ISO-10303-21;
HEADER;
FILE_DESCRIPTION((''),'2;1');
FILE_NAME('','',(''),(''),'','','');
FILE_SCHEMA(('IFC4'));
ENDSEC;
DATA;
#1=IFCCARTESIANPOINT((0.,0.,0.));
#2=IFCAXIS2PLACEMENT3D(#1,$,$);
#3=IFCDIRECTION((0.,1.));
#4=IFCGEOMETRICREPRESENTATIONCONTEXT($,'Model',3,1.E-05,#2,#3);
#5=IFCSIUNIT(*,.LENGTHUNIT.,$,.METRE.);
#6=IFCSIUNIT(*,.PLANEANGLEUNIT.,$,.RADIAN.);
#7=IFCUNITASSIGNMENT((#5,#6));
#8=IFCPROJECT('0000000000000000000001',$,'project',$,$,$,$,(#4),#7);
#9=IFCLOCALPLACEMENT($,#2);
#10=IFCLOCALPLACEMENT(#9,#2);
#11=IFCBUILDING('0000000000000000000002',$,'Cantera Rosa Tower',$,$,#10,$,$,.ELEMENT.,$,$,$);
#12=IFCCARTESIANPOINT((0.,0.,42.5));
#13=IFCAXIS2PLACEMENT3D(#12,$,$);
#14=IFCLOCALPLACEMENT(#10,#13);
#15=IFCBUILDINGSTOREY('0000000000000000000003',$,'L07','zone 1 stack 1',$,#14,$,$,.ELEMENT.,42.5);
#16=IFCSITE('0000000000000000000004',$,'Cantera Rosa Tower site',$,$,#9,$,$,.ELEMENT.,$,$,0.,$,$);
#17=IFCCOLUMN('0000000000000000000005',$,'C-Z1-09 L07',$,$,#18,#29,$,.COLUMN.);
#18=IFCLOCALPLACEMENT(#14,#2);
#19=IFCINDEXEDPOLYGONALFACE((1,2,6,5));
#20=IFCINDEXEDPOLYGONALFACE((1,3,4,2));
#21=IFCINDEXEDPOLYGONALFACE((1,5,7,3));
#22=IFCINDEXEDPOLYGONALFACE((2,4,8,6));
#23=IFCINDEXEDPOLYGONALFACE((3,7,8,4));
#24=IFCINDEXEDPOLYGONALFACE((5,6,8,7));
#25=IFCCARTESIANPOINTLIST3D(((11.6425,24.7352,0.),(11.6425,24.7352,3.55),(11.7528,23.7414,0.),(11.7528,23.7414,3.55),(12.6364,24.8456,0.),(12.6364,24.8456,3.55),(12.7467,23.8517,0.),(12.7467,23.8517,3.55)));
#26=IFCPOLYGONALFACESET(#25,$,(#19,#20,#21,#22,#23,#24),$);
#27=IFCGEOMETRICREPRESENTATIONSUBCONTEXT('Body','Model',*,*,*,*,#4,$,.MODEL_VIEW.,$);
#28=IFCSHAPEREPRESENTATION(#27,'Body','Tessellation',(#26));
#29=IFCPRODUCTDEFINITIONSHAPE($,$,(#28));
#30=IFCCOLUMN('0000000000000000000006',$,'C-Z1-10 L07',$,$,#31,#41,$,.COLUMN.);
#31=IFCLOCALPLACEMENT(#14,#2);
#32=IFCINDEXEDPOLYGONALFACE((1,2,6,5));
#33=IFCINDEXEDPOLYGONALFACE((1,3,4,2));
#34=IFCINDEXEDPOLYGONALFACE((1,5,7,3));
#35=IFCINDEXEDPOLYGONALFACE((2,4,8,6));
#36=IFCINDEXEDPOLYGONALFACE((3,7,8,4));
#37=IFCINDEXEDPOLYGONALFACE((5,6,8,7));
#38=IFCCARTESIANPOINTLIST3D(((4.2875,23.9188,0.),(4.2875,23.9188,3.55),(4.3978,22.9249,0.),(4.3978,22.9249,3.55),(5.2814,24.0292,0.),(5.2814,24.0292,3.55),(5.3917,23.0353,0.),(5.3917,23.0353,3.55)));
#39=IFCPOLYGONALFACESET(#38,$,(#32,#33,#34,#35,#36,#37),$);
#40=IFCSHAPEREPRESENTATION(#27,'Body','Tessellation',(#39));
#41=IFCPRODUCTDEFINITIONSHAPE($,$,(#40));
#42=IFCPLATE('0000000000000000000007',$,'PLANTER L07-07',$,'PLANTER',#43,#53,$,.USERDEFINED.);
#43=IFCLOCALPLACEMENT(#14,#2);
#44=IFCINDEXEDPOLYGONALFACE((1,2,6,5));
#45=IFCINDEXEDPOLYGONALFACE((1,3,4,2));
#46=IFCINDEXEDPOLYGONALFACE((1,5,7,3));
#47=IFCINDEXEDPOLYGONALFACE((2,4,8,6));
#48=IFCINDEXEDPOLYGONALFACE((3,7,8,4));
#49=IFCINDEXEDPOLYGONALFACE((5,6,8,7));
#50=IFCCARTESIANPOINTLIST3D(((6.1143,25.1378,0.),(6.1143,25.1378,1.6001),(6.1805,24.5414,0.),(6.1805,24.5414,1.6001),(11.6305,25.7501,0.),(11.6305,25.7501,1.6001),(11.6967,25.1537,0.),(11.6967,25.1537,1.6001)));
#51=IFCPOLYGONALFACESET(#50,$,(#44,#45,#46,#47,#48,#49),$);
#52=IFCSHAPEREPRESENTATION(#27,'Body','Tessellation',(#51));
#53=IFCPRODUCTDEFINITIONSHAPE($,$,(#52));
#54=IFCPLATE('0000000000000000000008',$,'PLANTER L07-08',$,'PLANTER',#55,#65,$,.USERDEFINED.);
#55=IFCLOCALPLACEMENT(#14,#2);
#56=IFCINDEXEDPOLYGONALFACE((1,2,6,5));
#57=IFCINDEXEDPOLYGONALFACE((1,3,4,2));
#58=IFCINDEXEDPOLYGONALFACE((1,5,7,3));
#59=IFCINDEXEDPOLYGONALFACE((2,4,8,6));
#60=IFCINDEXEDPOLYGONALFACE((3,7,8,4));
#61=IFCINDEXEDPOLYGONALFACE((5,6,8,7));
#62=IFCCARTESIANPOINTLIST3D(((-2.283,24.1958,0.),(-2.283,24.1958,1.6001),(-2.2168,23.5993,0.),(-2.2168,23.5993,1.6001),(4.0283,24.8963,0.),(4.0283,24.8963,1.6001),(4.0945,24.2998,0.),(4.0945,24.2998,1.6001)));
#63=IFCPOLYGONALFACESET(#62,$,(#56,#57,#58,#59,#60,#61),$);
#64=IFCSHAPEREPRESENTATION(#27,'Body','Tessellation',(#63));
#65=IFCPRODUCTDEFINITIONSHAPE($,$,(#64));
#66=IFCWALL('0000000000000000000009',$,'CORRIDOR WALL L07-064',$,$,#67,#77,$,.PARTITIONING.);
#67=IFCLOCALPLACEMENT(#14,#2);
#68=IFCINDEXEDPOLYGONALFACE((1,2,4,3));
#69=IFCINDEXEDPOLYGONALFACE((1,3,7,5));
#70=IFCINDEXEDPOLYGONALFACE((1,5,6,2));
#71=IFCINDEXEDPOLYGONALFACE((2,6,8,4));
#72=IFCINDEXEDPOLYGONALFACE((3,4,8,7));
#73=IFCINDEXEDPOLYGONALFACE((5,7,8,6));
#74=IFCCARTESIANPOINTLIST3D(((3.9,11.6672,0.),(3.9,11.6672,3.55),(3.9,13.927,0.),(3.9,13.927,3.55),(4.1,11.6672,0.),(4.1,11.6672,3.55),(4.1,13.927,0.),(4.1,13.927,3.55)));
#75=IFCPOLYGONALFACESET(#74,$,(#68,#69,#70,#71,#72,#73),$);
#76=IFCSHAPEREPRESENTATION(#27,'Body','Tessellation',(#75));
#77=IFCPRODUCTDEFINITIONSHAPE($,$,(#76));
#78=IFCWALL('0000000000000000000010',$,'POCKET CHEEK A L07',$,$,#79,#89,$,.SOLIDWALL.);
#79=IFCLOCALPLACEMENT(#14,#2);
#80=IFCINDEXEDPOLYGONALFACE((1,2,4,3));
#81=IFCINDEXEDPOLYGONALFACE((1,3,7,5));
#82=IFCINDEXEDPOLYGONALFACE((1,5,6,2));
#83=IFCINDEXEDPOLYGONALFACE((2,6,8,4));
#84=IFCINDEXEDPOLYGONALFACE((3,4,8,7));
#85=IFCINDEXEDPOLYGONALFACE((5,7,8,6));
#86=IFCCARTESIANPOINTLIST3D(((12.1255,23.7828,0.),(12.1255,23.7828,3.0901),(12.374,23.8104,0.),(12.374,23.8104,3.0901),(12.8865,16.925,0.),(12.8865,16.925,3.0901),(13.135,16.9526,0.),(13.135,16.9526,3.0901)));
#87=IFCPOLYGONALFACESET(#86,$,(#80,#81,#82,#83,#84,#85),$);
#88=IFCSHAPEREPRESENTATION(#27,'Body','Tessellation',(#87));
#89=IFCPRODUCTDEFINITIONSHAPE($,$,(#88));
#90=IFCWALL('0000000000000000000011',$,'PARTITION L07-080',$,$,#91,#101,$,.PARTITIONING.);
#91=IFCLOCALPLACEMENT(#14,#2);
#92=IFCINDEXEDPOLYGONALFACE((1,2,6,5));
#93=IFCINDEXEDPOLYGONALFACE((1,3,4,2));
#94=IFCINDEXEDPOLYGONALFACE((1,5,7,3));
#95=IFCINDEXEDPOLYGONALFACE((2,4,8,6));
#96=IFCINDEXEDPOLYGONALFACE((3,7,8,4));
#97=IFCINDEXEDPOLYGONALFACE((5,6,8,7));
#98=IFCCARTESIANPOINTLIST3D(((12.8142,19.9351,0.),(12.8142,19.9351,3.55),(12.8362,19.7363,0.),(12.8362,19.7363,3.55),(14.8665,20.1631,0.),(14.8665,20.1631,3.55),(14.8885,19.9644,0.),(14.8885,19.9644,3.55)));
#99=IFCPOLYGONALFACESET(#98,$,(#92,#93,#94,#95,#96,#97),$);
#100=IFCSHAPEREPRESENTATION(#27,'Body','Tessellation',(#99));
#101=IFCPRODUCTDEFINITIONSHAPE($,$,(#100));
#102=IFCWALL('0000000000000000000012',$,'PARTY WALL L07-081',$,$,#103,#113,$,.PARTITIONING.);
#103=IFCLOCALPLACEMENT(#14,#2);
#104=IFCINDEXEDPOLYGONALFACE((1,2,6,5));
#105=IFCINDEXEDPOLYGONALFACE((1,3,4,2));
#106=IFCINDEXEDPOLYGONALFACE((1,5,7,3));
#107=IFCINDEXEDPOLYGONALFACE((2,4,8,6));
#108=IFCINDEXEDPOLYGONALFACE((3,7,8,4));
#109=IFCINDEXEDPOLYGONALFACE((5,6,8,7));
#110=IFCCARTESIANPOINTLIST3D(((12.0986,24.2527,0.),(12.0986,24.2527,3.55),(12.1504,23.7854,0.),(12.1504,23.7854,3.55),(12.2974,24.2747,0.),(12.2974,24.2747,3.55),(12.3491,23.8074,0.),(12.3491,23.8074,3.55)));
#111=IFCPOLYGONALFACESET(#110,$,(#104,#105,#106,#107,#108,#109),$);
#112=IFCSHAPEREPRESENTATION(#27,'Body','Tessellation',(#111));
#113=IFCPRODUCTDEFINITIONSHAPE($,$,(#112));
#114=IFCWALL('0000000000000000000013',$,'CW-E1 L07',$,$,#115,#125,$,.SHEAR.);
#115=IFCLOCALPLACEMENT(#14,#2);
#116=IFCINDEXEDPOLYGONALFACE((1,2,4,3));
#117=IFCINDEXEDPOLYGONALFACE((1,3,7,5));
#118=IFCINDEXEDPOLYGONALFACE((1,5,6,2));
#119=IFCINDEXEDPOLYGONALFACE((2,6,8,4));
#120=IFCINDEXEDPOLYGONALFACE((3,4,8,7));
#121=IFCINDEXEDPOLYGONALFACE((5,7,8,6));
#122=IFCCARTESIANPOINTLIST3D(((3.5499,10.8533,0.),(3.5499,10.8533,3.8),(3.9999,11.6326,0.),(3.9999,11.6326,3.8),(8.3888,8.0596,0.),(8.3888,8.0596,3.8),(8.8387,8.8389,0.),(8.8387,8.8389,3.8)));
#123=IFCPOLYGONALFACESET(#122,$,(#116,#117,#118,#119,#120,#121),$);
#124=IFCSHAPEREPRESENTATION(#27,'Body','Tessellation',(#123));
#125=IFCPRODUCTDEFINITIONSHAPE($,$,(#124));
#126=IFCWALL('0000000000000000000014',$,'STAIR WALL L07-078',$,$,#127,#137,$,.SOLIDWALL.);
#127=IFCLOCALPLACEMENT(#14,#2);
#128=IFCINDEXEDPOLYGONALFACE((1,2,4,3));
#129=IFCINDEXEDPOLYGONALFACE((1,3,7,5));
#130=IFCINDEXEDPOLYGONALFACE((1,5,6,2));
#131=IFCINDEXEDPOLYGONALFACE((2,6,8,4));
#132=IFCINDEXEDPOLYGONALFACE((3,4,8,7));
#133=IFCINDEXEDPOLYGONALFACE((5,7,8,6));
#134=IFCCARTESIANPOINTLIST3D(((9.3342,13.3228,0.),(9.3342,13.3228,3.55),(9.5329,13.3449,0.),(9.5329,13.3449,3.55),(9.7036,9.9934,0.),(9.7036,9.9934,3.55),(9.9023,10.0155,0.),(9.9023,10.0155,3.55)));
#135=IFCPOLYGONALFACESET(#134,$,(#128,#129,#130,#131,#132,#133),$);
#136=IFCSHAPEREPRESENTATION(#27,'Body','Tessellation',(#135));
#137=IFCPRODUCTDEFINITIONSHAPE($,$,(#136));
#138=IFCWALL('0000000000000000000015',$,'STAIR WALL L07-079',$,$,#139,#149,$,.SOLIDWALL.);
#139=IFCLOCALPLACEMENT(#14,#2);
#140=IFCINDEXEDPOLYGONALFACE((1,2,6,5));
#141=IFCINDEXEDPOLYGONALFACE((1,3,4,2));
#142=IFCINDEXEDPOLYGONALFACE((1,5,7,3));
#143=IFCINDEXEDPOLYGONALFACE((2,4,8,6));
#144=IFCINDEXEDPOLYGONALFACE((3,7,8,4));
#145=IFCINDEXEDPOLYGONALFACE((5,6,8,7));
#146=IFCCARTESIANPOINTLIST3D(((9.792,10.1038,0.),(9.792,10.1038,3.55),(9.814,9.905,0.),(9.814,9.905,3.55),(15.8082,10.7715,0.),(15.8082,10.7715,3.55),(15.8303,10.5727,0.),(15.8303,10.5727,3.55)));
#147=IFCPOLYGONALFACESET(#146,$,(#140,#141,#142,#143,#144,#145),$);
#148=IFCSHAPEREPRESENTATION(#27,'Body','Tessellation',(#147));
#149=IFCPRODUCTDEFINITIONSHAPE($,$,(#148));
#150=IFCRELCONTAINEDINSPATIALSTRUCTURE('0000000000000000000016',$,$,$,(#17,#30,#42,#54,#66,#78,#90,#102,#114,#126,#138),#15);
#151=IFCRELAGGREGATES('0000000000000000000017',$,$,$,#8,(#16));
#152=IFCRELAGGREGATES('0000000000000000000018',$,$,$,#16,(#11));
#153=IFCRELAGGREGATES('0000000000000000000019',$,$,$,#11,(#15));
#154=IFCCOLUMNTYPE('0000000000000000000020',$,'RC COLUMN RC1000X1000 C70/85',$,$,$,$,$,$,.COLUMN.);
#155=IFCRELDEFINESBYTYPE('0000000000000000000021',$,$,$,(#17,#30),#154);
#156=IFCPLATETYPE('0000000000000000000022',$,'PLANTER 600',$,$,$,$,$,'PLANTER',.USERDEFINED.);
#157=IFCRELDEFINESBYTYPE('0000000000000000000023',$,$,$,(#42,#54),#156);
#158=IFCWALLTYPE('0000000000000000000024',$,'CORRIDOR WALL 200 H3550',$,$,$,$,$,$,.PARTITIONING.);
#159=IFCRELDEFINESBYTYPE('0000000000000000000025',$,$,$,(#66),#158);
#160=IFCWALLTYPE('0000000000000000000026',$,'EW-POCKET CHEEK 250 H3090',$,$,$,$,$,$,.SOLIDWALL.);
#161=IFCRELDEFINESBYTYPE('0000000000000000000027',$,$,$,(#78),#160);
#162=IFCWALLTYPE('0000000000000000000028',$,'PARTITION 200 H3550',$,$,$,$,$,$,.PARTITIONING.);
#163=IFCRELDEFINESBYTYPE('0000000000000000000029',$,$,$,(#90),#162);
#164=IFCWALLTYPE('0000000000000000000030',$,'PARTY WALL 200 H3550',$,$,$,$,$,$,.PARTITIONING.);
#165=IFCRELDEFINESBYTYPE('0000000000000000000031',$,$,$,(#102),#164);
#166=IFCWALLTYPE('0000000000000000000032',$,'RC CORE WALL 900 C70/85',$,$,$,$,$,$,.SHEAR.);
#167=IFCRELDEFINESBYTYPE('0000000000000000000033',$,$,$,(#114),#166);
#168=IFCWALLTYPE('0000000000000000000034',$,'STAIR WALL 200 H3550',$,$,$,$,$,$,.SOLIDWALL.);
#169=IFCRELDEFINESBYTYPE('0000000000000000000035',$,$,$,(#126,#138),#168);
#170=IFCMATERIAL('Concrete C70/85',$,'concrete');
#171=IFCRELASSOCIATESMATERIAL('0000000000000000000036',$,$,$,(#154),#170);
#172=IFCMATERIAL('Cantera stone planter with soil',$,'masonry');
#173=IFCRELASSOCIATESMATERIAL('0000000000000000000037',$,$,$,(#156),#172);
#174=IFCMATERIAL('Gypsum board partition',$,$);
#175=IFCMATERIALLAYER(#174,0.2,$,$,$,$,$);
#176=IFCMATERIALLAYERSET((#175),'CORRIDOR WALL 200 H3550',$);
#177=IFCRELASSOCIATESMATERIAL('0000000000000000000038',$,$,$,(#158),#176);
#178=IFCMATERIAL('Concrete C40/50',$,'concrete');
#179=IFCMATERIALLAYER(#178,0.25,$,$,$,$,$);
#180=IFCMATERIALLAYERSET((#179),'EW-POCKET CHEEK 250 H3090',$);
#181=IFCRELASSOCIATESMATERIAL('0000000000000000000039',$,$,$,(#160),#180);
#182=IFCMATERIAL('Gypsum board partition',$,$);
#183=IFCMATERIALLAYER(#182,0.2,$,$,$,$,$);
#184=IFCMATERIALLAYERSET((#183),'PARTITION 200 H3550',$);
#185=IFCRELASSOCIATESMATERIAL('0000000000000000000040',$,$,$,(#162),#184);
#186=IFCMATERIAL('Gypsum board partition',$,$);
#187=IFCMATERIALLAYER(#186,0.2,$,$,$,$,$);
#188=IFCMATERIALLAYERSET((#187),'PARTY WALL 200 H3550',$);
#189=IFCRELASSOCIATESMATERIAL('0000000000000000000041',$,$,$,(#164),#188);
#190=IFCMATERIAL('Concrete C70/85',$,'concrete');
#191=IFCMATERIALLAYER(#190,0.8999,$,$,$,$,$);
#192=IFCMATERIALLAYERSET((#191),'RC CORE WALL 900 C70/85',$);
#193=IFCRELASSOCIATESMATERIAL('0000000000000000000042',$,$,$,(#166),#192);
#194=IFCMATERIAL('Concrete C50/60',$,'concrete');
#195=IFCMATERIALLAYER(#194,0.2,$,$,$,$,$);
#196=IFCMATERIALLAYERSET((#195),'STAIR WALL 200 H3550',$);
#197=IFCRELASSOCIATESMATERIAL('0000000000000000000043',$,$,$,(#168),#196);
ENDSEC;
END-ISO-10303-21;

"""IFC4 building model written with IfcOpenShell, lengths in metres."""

from ifc_helpers import new_model, si_unit, direction, frame, frame_2d, origin, origin_2d, place, context, subcontext, project, spatial, rectangle, extrude, material, layer, layer_set, material_profile, profile_set, type_object, element, save


model = new_model("IFC4")

# Units and contexts
model_context = context("Model", 3, precision=1e-05, world=origin(), true_north=direction((0.0, 1.0)))
body_context = subcontext(model_context, "Body", "Model", "MODEL_VIEW")
ifc_project = project(units=[si_unit("LENGTHUNIT", "METRE"), si_unit("PLANEANGLEUNIT", "RADIAN")], contexts=[model_context])

# Site, building, storey
site_placement = place(None, origin())
site = spatial("IfcSite", under=ifc_project, at=site_placement, Name="Cantera Rosa Tower site", CompositionType="ELEMENT", RefElevation=0.0)
building_placement = place(site_placement, origin())
building = spatial("IfcBuilding", under=site, at=building_placement, Name="Cantera Rosa Tower", CompositionType="ELEMENT")
storey_placement = place(building_placement, frame((0.0, 0.0, 42.5)))
storey = spatial("IfcBuildingStorey", under=building, at=storey_placement, Name="L07", Description="zone 1 stack 1", CompositionType="ELEMENT", Elevation=42.5)

# Columns
ifc_material_1 = material(Name="Concrete C70/85", Category="concrete")
ifc_material_profile = material_profile(ifc_material_1, rectangle(XDim=1.0, YDim=1.0, at=origin_2d()), Name="RC COLUMN RC1000X1000 C70/85")
ifc_profile_set = profile_set([ifc_material_profile], Name="Concrete C70/85")
column_type = type_object("IfcColumnType", Name="RC COLUMN RC1000X1000 C70/85", PredefinedType="COLUMN", material=ifc_profile_set)
for number, where, z_axis, x_axis, name in (
    (1, (12.1946, 24.2935, 0.0), (0.0, 0.0, 1.0), (0.993897, 0.110313, 0.0), "C-Z1-09 L07"),
    (2, (4.8396, 23.4771, 0.0), (0.0, 0.0, 1.0), (0.993897, 0.110313, 0.0), "C-Z1-10 L07"),
):
    element("IfcColumn", number, at=place(storey_placement, frame(where, z_axis=z_axis, x_axis=x_axis)), inside=storey, type_object=column_type, Name=name, PredefinedType="COLUMN", context=body_context, shape_type="SweptSolid", body=[
        extrude(rectangle(XDim=1.0, YDim=1.0, at=origin_2d()), origin(), (0.0, 0.0, 1.0), 3.55),
    ])

# Plates
ifc_material_2 = material(Name="Cantera stone planter with soil", Category="masonry")
plate_type = type_object("IfcPlateType", Name="PLANTER 600", ElementType="PLANTER", PredefinedType="USERDEFINED", material=ifc_material_2)
plate_1_placement = place(storey_placement, frame((8.9055, 25.1458, 0.0), z_axis=(0.0, 0.0, 1.0), x_axis=(-0.993897, -0.110313, 0.0)))
element("IfcPlate", 3, at=plate_1_placement, inside=storey, type_object=plate_type, Name="PLANTER L07-07", ObjectType="PLANTER", PredefinedType="USERDEFINED", context=body_context, shape_type="SweptSolid", body=[
    extrude(rectangle(XDim=5.55, YDim=0.6001, at=origin_2d()), origin(), (0.0, 0.0, 1.0), 1.6001),
])
plate_2_placement = place(storey_placement, frame((0.9058, 24.2478, 0.0), z_axis=(0.0, 0.0, 1.0), x_axis=(-0.993897, -0.110313, 0.0)))
element("IfcPlate", 4, at=plate_2_placement, inside=storey, type_object=plate_type, Name="PLANTER L07-08", ObjectType="PLANTER", PredefinedType="USERDEFINED", context=body_context, shape_type="SweptSolid", body=[
    extrude(rectangle(XDim=6.3501, YDim=0.6001, at=origin_2d()), origin(), (0.0, 0.0, 1.0), 1.6001),
])

# Walls
ifc_material_3 = material(Name="Gypsum board partition")
ifc_layer_1 = layer(ifc_material_3, 0.2)
ifc_layer_set_1 = layer_set([ifc_layer_1], Name="CORRIDOR WALL 200 H3550")
wall_type_1 = type_object("IfcWallType", Name="CORRIDOR WALL 200 H3550", PredefinedType="PARTITIONING", material=ifc_layer_set_1)
wall_1_placement = place(storey_placement, frame((4.0, 11.6672, 0.0), z_axis=(0.0, 0.0, 1.0), x_axis=(0.0, 1.0, 0.0)))
element("IfcWall", 5, at=wall_1_placement, inside=storey, type_object=wall_type_1, Name="CORRIDOR WALL L07-064", PredefinedType="PARTITIONING", context=body_context, shape_type="SweptSolid", body=[
    extrude(rectangle(XDim=2.2598, YDim=0.2, at=frame_2d((1.1299, 0.0))), origin(), (0.0, 0.0, 1.0), 3.55),
])
ifc_material_4 = material(Name="Concrete C40/50", Category="concrete")
ifc_layer_2 = layer(ifc_material_4, 0.25)
ifc_layer_set_2 = layer_set([ifc_layer_2], Name="EW-POCKET CHEEK 250 H3090")
wall_type_2 = type_object("IfcWallType", Name="EW-POCKET CHEEK 250 H3090", PredefinedType="SOLIDWALL", material=ifc_layer_set_2)
wall_2_placement = place(storey_placement, frame((12.2498, 23.7966, 0.0), z_axis=(0.0, 0.0, 1.0), x_axis=(0.110288, -0.9939, 0.0)))
element("IfcWall", 6, at=wall_2_placement, inside=storey, type_object=wall_type_2, Name="POCKET CHEEK A L07", PredefinedType="SOLIDWALL", context=body_context, shape_type="SweptSolid", body=[
    extrude(rectangle(XDim=6.8999, YDim=0.25, at=frame_2d((3.45, 0.0))), origin(), (0.0, 0.0, 1.0), 3.0901),
])

# Walls
ifc_material_5 = material(Name="Gypsum board partition")
ifc_layer_3 = layer(ifc_material_5, 0.2)
ifc_layer_set_3 = layer_set([ifc_layer_3], Name="PARTITION 200 H3550")
wall_type_3 = type_object("IfcWallType", Name="PARTITION 200 H3550", PredefinedType="PARTITIONING", material=ifc_layer_set_3)
wall_3_placement = place(storey_placement, frame((12.8252, 19.8357, 0.0), z_axis=(0.0, 0.0, 1.0), x_axis=(0.993884, 0.110432, 0.0)))
element("IfcWall", 7, at=wall_3_placement, inside=storey, type_object=wall_type_3, Name="PARTITION L07-080", PredefinedType="PARTITIONING", context=body_context, shape_type="SweptSolid", body=[
    extrude(rectangle(XDim=2.0649, YDim=0.2, at=frame_2d((1.0325, 0.0))), origin(), (0.0, 0.0, 1.0), 3.55),
])
ifc_material_6 = material(Name="Gypsum board partition")
ifc_layer_4 = layer(ifc_material_6, 0.2)
ifc_layer_set_4 = layer_set([ifc_layer_4], Name="PARTY WALL 200 H3550")
wall_type_4 = type_object("IfcWallType", Name="PARTY WALL 200 H3550", PredefinedType="PARTITIONING", material=ifc_layer_set_4)
wall_4_placement = place(storey_placement, frame((12.2498, 23.7964, 0.0), z_axis=(0.0, 0.0, 1.0), x_axis=(-0.11009, 0.993922, 0.0)))
element("IfcWall", 8, at=wall_4_placement, inside=storey, type_object=wall_type_4, Name="PARTY WALL L07-081", PredefinedType="PARTITIONING", context=body_context, shape_type="SweptSolid", body=[
    extrude(rectangle(XDim=0.4702, YDim=0.2, at=frame_2d((0.2351, 0.0))), origin(), (0.0, 0.0, 1.0), 3.55),
])
ifc_material_7 = material(Name="Concrete C70/85", Category="concrete")
ifc_layer_5 = layer(ifc_material_7, 0.8999)
ifc_layer_set_5 = layer_set([ifc_layer_5], Name="RC CORE WALL 900 C70/85")
wall_type_5 = type_object("IfcWallType", Name="RC CORE WALL 900 C70/85", PredefinedType="SHEAR", material=ifc_layer_set_5)
wall_5_placement = place(storey_placement, frame((3.7749, 11.2429, 0.0), z_axis=(0.0, 0.0, 1.0), x_axis=(0.866027, -0.499997, 0.0)))
element("IfcWall", 9, at=wall_5_placement, inside=storey, type_object=wall_type_5, Name="CW-E1 L07", PredefinedType="SHEAR", context=body_context, shape_type="SweptSolid", body=[
    extrude(rectangle(XDim=5.5874, YDim=0.8999, at=frame_2d((2.7937, 0.0))), origin(), (0.0, 0.0, 1.0), 3.8),
])
ifc_material_8 = material(Name="Concrete C50/60", Category="concrete")
ifc_layer_6 = layer(ifc_material_8, 0.2)
ifc_layer_set_6 = layer_set([ifc_layer_6], Name="STAIR WALL 200 H3550")
wall_type_6 = type_object("IfcWallType", Name="STAIR WALL 200 H3550", PredefinedType="SOLIDWALL", material=ifc_layer_set_6)
wall_6_placement = place(storey_placement, frame((9.4336, 13.3337, 0.0), z_axis=(0.0, 0.0, 1.0), x_axis=(0.110272, -0.993901, 0.0)))
element("IfcWall", 10, at=wall_6_placement, inside=storey, type_object=wall_type_6, Name="STAIR WALL L07-078", PredefinedType="SOLIDWALL", context=body_context, shape_type="SweptSolid", body=[
    extrude(rectangle(XDim=3.3499, YDim=0.2, at=frame_2d((1.6748, 0.0))), origin(), (0.0, 0.0, 1.0), 3.55),
])
wall_7_placement = place(storey_placement, frame((9.803, 10.0044, 0.0), z_axis=(0.0, 0.0, 1.0), x_axis=(0.993897, 0.110308, 0.0)))
element("IfcWall", 11, at=wall_7_placement, inside=storey, type_object=wall_type_6, Name="STAIR WALL L07-079", PredefinedType="SOLIDWALL", context=body_context, shape_type="SweptSolid", body=[
    extrude(rectangle(XDim=6.0532, YDim=0.2, at=frame_2d((3.0266, 0.0))), origin(), (0.0, 0.0, 1.0), 3.55),
])

save(model, "model.ifc")
